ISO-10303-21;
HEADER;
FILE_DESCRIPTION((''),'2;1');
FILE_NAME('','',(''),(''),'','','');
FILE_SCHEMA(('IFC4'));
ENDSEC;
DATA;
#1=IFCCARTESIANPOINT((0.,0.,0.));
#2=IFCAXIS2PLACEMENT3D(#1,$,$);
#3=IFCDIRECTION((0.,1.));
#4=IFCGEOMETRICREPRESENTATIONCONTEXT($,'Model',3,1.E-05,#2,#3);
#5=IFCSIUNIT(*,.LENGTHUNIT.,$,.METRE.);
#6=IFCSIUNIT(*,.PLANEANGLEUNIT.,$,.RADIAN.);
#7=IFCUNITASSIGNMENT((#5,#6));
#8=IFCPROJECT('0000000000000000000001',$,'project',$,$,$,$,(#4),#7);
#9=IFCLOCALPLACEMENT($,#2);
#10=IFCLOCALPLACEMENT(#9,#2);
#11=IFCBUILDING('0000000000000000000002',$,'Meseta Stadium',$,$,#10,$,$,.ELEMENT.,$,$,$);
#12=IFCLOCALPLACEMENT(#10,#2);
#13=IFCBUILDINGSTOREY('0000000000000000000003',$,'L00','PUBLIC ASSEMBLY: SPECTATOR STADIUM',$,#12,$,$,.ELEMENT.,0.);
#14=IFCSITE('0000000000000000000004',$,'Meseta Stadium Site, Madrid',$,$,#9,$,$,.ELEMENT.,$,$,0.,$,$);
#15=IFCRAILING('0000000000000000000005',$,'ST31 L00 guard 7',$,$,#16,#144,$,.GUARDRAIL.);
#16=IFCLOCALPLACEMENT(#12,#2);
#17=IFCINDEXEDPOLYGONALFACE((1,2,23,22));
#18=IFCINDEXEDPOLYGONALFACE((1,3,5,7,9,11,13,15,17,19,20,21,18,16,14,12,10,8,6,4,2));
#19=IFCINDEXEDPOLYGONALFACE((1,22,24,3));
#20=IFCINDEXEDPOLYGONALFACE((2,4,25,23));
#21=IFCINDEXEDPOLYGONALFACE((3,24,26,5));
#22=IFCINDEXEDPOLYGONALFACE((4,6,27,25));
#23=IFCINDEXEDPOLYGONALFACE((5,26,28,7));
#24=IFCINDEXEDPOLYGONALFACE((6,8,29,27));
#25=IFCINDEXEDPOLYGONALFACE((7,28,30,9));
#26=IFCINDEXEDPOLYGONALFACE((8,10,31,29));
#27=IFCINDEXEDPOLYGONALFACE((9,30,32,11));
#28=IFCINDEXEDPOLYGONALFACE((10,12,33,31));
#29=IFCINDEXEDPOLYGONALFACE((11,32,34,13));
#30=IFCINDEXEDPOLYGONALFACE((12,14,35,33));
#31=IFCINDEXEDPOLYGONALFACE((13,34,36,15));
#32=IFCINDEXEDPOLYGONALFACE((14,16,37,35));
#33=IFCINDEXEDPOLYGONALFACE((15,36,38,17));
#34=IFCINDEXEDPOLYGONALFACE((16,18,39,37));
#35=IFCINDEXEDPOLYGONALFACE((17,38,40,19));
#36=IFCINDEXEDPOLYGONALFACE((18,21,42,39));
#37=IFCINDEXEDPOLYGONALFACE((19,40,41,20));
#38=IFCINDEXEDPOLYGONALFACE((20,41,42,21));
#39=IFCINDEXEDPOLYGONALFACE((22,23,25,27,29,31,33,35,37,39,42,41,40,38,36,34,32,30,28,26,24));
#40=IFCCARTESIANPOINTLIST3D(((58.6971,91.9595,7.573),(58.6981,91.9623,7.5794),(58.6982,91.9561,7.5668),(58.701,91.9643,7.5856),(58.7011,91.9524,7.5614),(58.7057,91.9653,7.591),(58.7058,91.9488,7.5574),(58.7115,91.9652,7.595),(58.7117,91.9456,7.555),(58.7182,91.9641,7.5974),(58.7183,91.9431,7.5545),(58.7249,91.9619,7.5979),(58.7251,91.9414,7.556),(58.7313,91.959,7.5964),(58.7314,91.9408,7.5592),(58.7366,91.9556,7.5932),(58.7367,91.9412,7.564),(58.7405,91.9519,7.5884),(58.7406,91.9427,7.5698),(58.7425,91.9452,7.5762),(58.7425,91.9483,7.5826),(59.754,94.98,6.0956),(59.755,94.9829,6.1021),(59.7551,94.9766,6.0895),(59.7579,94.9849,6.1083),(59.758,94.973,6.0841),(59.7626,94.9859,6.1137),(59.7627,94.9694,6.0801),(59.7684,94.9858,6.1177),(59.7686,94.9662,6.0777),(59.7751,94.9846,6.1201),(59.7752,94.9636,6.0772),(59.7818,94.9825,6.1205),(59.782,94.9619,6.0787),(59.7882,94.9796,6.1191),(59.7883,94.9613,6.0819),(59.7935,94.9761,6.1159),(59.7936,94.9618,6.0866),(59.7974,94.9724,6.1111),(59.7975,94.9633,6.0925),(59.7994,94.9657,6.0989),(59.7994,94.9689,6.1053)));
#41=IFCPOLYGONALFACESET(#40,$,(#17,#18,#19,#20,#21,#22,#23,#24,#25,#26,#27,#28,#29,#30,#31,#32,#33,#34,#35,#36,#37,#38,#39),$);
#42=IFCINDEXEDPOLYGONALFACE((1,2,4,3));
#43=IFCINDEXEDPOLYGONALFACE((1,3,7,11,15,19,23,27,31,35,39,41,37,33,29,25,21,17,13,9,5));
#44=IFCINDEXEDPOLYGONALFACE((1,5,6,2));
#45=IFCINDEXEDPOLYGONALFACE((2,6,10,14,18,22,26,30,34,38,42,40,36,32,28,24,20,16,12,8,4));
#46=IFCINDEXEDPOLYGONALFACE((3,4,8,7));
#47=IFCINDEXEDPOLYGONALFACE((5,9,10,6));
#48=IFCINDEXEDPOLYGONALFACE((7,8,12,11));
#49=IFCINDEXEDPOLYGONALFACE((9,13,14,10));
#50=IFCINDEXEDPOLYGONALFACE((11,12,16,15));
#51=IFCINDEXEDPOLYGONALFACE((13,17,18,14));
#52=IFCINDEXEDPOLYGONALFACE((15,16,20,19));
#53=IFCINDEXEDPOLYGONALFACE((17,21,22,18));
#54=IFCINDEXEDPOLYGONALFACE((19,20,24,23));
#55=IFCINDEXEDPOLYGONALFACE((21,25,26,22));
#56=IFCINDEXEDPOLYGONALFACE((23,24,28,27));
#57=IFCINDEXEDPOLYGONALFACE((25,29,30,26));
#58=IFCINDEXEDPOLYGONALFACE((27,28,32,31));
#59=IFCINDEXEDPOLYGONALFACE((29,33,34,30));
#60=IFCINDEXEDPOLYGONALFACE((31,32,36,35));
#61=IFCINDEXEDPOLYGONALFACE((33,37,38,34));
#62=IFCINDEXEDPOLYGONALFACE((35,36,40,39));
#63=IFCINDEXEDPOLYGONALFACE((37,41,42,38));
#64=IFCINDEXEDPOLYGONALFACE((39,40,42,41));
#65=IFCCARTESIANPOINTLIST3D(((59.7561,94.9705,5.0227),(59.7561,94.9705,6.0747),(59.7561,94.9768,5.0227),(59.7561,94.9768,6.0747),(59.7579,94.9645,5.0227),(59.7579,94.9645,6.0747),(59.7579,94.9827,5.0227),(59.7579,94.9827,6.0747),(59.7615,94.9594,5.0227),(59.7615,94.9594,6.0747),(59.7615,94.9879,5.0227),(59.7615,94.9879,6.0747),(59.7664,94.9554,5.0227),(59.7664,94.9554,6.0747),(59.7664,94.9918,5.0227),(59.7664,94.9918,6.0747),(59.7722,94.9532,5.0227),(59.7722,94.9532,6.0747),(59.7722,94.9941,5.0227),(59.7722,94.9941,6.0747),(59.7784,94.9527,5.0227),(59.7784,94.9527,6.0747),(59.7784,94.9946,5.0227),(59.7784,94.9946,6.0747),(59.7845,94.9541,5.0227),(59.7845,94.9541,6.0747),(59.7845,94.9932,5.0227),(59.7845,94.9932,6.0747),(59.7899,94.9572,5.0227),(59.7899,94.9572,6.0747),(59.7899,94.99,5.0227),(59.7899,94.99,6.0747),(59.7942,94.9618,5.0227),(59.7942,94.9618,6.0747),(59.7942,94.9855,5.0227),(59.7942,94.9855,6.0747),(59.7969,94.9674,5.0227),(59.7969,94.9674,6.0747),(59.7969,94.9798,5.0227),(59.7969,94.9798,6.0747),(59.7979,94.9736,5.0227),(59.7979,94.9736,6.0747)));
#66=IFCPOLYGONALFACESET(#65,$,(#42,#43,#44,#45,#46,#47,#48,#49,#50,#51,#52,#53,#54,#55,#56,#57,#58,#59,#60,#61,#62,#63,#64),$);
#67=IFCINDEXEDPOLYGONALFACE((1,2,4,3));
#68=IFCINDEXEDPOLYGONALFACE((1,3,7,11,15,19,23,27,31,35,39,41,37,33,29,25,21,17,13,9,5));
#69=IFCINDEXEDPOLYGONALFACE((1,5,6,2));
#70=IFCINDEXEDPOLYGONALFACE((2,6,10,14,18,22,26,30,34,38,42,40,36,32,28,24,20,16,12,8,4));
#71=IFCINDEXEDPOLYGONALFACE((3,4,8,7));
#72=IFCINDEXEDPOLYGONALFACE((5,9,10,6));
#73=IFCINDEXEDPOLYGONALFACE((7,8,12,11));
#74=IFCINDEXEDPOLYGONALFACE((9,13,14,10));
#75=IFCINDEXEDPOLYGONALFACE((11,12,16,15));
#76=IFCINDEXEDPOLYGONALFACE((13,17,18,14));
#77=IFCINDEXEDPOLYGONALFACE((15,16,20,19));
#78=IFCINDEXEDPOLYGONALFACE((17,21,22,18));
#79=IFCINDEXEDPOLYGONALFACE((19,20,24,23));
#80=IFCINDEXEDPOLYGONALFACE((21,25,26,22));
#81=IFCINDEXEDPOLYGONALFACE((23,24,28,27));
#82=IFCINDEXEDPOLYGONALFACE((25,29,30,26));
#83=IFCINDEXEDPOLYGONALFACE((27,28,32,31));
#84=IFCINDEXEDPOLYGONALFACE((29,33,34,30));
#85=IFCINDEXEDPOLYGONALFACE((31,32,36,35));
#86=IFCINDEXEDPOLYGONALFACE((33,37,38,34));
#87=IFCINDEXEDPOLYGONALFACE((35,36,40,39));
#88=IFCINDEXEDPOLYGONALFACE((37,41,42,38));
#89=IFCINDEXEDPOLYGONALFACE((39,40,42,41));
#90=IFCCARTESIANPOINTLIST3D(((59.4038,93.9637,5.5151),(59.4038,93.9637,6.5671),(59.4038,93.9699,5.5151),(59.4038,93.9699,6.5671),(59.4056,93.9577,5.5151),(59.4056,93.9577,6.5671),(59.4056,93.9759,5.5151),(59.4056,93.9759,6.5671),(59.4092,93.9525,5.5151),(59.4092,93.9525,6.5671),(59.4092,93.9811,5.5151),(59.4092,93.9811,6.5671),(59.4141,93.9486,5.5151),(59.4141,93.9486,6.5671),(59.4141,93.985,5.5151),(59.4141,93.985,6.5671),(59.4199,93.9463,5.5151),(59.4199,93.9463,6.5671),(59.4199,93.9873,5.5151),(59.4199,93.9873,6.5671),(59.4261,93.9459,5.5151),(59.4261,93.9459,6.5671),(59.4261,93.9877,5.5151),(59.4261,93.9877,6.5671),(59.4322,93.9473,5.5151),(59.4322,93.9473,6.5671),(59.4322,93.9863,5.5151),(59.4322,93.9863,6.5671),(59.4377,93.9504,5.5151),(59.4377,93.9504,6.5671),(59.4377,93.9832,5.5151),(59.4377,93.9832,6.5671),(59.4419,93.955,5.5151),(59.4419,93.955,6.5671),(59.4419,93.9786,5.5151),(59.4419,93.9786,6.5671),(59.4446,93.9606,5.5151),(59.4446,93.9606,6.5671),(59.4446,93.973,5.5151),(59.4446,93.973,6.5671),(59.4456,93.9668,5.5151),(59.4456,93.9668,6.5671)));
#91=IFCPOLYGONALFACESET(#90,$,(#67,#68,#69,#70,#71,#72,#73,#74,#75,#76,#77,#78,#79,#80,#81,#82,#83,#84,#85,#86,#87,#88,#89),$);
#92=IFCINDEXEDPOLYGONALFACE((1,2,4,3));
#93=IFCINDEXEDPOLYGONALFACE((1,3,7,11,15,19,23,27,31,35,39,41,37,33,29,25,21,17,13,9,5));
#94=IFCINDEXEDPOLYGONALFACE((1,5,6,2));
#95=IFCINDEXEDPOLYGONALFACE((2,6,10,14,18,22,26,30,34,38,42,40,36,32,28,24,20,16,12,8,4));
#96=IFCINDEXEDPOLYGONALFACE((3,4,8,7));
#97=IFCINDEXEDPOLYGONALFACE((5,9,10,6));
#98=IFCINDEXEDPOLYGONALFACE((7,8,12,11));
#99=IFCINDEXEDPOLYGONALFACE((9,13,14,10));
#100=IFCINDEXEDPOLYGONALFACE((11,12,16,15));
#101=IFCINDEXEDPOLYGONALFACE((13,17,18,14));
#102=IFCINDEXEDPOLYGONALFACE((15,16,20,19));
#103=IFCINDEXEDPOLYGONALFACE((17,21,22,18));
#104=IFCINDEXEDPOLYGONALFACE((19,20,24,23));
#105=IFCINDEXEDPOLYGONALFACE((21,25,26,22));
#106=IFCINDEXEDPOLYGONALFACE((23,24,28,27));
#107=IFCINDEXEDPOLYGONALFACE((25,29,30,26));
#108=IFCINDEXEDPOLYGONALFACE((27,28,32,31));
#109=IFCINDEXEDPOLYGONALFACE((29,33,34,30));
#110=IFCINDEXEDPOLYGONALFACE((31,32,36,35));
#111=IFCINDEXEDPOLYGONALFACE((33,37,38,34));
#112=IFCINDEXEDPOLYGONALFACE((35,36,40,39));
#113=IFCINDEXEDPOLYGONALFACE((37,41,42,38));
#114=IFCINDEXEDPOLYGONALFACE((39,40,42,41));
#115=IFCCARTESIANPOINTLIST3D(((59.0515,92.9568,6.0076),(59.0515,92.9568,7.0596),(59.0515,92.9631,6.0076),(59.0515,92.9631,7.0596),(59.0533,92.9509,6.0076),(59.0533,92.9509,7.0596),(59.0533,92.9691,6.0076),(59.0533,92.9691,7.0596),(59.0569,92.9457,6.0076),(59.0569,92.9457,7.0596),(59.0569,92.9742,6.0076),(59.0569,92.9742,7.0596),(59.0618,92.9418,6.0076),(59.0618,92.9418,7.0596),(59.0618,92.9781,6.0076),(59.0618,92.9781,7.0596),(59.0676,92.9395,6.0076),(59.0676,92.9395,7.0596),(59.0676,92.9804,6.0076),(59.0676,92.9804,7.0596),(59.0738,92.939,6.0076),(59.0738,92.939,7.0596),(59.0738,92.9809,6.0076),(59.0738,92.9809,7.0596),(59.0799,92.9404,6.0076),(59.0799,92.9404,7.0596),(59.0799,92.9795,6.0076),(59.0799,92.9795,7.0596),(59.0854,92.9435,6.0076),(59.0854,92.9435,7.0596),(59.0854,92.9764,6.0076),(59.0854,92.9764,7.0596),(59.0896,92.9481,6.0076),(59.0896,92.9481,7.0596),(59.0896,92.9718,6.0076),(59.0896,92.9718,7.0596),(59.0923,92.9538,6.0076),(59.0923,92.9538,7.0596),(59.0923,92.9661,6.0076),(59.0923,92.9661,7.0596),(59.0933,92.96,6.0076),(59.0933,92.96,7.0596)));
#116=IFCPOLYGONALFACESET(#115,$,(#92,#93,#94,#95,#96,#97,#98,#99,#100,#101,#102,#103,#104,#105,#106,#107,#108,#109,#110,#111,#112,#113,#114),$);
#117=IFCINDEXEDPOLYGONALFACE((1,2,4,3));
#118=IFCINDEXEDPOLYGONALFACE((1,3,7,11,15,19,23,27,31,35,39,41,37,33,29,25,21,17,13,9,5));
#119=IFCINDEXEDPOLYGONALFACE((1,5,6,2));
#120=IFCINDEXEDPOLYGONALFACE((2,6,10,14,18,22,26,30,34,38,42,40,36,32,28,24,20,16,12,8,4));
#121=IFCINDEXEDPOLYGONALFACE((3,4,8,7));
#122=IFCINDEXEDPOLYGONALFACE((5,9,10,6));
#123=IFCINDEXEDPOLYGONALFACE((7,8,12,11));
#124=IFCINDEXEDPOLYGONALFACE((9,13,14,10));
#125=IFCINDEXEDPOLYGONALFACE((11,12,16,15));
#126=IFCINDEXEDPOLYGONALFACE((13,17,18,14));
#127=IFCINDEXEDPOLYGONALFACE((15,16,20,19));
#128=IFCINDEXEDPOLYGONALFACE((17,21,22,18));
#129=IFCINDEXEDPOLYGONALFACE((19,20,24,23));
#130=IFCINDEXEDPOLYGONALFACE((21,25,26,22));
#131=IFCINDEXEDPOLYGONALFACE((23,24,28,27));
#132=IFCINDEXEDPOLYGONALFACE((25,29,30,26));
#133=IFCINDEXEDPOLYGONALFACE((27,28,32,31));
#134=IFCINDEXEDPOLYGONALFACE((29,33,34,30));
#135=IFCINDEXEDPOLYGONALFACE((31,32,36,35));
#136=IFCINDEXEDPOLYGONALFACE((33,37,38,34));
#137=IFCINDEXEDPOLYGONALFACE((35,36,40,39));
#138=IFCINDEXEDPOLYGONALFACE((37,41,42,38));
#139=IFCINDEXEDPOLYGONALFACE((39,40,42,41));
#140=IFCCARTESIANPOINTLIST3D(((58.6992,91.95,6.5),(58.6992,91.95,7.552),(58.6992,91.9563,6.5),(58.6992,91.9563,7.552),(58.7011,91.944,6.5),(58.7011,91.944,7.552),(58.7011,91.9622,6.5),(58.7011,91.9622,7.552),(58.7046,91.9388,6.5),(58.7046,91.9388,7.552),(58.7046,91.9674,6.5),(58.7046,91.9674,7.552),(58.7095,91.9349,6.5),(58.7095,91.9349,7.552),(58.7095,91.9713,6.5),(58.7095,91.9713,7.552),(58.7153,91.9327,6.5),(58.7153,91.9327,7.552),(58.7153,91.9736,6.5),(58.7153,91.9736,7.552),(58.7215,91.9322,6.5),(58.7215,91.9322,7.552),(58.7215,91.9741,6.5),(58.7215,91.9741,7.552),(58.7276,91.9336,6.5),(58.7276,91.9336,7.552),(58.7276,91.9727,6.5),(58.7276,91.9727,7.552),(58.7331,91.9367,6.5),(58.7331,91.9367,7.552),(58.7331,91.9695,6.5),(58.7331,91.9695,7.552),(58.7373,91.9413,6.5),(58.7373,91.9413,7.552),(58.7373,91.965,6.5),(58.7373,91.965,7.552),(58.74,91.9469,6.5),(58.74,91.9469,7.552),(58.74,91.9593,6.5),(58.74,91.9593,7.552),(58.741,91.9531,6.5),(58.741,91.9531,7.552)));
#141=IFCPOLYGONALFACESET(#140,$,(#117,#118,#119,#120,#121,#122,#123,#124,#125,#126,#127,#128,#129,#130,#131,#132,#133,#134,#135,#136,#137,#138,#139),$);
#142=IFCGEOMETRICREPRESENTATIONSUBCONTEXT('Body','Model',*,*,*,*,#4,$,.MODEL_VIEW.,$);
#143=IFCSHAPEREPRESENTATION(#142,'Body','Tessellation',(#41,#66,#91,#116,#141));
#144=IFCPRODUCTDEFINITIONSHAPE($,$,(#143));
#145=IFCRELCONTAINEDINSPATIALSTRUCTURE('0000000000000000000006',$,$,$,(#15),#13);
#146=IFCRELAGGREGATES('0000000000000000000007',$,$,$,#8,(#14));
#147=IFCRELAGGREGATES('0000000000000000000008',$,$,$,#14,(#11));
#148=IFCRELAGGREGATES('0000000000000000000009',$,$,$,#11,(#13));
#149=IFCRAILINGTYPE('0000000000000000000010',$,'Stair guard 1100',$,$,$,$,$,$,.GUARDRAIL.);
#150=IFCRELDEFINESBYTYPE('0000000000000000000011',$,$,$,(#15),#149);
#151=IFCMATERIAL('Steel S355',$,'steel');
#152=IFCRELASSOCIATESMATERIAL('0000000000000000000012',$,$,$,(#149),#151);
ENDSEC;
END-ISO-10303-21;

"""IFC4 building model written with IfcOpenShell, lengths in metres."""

from ifc_helpers import new_model, si_unit, direction, frame, origin, origin_2d, place, context, subcontext, project, spatial, circle, extrude, material, type_object, element, save


model = new_model("IFC4")

# Units and contexts
model_context = context("Model", 3, precision=1e-05, world=origin(), true_north=direction((0.0, 1.0)))
body_context = subcontext(model_context, "Body", "Model", "MODEL_VIEW")
ifc_project = project(units=[si_unit("LENGTHUNIT", "METRE"), si_unit("PLANEANGLEUNIT", "RADIAN")], contexts=[model_context])

# Site, building, storey
site_placement = place(None, origin())
site = spatial("IfcSite", under=ifc_project, at=site_placement, Name="Meseta Stadium Site, Madrid", CompositionType="ELEMENT", RefElevation=0.0)
building_placement = place(site_placement, origin())
building = spatial("IfcBuilding", under=site, at=building_placement, Name="Meseta Stadium", CompositionType="ELEMENT")
storey_placement = place(building_placement, origin())
storey = spatial("IfcBuildingStorey", under=building, at=storey_placement, Name="L00", Description="PUBLIC ASSEMBLY: SPECTATOR STADIUM", CompositionType="ELEMENT", Elevation=0.0)

# Railing
ifc_material_1 = material(Name="Steel S355", Category="steel")
railing_type_1 = type_object("IfcRailingType", Name="Stair guard 1100", PredefinedType="GUARDRAIL", material=ifc_material_1)
railing_1_placement = place(storey_placement, frame((59.7769, 94.9736, 5.0227)))
element("IfcRailing", 1, at=railing_1_placement, inside=storey, type_object=railing_type_1, Name="ST31 L00 guard 7", PredefinedType="GUARDRAIL", context=body_context, shape_type="SweptSolid", body=[
    extrude(circle(Radius=0.0239, at=origin_2d()), frame((0.0, 0.0, 1.0762), z_axis=(-0.299859, -0.856977, 0.419137), x_axis=(0.943887, -0.330269, 0.0)), (0.0, 0.0, 1.0), 3.5247),
    extrude(circle(Radius=0.021, at=origin_2d()), origin(), (0.0, 0.0, 1.0), 1.052),
    extrude(circle(Radius=0.021, at=origin_2d()), frame((-0.3523, -1.0068, 0.4924)), (0.0, 0.0, 1.0), 1.052),
    extrude(circle(Radius=0.021, at=origin_2d()), frame((-0.7046, -2.0137, 0.9849)), (0.0, 0.0, 1.0), 1.052),
    extrude(circle(Radius=0.021, at=origin_2d()), frame((-1.0569, -3.0205, 1.4773)), (0.0, 0.0, 1.0), 1.052),
])

save(model, "model.ifc")
